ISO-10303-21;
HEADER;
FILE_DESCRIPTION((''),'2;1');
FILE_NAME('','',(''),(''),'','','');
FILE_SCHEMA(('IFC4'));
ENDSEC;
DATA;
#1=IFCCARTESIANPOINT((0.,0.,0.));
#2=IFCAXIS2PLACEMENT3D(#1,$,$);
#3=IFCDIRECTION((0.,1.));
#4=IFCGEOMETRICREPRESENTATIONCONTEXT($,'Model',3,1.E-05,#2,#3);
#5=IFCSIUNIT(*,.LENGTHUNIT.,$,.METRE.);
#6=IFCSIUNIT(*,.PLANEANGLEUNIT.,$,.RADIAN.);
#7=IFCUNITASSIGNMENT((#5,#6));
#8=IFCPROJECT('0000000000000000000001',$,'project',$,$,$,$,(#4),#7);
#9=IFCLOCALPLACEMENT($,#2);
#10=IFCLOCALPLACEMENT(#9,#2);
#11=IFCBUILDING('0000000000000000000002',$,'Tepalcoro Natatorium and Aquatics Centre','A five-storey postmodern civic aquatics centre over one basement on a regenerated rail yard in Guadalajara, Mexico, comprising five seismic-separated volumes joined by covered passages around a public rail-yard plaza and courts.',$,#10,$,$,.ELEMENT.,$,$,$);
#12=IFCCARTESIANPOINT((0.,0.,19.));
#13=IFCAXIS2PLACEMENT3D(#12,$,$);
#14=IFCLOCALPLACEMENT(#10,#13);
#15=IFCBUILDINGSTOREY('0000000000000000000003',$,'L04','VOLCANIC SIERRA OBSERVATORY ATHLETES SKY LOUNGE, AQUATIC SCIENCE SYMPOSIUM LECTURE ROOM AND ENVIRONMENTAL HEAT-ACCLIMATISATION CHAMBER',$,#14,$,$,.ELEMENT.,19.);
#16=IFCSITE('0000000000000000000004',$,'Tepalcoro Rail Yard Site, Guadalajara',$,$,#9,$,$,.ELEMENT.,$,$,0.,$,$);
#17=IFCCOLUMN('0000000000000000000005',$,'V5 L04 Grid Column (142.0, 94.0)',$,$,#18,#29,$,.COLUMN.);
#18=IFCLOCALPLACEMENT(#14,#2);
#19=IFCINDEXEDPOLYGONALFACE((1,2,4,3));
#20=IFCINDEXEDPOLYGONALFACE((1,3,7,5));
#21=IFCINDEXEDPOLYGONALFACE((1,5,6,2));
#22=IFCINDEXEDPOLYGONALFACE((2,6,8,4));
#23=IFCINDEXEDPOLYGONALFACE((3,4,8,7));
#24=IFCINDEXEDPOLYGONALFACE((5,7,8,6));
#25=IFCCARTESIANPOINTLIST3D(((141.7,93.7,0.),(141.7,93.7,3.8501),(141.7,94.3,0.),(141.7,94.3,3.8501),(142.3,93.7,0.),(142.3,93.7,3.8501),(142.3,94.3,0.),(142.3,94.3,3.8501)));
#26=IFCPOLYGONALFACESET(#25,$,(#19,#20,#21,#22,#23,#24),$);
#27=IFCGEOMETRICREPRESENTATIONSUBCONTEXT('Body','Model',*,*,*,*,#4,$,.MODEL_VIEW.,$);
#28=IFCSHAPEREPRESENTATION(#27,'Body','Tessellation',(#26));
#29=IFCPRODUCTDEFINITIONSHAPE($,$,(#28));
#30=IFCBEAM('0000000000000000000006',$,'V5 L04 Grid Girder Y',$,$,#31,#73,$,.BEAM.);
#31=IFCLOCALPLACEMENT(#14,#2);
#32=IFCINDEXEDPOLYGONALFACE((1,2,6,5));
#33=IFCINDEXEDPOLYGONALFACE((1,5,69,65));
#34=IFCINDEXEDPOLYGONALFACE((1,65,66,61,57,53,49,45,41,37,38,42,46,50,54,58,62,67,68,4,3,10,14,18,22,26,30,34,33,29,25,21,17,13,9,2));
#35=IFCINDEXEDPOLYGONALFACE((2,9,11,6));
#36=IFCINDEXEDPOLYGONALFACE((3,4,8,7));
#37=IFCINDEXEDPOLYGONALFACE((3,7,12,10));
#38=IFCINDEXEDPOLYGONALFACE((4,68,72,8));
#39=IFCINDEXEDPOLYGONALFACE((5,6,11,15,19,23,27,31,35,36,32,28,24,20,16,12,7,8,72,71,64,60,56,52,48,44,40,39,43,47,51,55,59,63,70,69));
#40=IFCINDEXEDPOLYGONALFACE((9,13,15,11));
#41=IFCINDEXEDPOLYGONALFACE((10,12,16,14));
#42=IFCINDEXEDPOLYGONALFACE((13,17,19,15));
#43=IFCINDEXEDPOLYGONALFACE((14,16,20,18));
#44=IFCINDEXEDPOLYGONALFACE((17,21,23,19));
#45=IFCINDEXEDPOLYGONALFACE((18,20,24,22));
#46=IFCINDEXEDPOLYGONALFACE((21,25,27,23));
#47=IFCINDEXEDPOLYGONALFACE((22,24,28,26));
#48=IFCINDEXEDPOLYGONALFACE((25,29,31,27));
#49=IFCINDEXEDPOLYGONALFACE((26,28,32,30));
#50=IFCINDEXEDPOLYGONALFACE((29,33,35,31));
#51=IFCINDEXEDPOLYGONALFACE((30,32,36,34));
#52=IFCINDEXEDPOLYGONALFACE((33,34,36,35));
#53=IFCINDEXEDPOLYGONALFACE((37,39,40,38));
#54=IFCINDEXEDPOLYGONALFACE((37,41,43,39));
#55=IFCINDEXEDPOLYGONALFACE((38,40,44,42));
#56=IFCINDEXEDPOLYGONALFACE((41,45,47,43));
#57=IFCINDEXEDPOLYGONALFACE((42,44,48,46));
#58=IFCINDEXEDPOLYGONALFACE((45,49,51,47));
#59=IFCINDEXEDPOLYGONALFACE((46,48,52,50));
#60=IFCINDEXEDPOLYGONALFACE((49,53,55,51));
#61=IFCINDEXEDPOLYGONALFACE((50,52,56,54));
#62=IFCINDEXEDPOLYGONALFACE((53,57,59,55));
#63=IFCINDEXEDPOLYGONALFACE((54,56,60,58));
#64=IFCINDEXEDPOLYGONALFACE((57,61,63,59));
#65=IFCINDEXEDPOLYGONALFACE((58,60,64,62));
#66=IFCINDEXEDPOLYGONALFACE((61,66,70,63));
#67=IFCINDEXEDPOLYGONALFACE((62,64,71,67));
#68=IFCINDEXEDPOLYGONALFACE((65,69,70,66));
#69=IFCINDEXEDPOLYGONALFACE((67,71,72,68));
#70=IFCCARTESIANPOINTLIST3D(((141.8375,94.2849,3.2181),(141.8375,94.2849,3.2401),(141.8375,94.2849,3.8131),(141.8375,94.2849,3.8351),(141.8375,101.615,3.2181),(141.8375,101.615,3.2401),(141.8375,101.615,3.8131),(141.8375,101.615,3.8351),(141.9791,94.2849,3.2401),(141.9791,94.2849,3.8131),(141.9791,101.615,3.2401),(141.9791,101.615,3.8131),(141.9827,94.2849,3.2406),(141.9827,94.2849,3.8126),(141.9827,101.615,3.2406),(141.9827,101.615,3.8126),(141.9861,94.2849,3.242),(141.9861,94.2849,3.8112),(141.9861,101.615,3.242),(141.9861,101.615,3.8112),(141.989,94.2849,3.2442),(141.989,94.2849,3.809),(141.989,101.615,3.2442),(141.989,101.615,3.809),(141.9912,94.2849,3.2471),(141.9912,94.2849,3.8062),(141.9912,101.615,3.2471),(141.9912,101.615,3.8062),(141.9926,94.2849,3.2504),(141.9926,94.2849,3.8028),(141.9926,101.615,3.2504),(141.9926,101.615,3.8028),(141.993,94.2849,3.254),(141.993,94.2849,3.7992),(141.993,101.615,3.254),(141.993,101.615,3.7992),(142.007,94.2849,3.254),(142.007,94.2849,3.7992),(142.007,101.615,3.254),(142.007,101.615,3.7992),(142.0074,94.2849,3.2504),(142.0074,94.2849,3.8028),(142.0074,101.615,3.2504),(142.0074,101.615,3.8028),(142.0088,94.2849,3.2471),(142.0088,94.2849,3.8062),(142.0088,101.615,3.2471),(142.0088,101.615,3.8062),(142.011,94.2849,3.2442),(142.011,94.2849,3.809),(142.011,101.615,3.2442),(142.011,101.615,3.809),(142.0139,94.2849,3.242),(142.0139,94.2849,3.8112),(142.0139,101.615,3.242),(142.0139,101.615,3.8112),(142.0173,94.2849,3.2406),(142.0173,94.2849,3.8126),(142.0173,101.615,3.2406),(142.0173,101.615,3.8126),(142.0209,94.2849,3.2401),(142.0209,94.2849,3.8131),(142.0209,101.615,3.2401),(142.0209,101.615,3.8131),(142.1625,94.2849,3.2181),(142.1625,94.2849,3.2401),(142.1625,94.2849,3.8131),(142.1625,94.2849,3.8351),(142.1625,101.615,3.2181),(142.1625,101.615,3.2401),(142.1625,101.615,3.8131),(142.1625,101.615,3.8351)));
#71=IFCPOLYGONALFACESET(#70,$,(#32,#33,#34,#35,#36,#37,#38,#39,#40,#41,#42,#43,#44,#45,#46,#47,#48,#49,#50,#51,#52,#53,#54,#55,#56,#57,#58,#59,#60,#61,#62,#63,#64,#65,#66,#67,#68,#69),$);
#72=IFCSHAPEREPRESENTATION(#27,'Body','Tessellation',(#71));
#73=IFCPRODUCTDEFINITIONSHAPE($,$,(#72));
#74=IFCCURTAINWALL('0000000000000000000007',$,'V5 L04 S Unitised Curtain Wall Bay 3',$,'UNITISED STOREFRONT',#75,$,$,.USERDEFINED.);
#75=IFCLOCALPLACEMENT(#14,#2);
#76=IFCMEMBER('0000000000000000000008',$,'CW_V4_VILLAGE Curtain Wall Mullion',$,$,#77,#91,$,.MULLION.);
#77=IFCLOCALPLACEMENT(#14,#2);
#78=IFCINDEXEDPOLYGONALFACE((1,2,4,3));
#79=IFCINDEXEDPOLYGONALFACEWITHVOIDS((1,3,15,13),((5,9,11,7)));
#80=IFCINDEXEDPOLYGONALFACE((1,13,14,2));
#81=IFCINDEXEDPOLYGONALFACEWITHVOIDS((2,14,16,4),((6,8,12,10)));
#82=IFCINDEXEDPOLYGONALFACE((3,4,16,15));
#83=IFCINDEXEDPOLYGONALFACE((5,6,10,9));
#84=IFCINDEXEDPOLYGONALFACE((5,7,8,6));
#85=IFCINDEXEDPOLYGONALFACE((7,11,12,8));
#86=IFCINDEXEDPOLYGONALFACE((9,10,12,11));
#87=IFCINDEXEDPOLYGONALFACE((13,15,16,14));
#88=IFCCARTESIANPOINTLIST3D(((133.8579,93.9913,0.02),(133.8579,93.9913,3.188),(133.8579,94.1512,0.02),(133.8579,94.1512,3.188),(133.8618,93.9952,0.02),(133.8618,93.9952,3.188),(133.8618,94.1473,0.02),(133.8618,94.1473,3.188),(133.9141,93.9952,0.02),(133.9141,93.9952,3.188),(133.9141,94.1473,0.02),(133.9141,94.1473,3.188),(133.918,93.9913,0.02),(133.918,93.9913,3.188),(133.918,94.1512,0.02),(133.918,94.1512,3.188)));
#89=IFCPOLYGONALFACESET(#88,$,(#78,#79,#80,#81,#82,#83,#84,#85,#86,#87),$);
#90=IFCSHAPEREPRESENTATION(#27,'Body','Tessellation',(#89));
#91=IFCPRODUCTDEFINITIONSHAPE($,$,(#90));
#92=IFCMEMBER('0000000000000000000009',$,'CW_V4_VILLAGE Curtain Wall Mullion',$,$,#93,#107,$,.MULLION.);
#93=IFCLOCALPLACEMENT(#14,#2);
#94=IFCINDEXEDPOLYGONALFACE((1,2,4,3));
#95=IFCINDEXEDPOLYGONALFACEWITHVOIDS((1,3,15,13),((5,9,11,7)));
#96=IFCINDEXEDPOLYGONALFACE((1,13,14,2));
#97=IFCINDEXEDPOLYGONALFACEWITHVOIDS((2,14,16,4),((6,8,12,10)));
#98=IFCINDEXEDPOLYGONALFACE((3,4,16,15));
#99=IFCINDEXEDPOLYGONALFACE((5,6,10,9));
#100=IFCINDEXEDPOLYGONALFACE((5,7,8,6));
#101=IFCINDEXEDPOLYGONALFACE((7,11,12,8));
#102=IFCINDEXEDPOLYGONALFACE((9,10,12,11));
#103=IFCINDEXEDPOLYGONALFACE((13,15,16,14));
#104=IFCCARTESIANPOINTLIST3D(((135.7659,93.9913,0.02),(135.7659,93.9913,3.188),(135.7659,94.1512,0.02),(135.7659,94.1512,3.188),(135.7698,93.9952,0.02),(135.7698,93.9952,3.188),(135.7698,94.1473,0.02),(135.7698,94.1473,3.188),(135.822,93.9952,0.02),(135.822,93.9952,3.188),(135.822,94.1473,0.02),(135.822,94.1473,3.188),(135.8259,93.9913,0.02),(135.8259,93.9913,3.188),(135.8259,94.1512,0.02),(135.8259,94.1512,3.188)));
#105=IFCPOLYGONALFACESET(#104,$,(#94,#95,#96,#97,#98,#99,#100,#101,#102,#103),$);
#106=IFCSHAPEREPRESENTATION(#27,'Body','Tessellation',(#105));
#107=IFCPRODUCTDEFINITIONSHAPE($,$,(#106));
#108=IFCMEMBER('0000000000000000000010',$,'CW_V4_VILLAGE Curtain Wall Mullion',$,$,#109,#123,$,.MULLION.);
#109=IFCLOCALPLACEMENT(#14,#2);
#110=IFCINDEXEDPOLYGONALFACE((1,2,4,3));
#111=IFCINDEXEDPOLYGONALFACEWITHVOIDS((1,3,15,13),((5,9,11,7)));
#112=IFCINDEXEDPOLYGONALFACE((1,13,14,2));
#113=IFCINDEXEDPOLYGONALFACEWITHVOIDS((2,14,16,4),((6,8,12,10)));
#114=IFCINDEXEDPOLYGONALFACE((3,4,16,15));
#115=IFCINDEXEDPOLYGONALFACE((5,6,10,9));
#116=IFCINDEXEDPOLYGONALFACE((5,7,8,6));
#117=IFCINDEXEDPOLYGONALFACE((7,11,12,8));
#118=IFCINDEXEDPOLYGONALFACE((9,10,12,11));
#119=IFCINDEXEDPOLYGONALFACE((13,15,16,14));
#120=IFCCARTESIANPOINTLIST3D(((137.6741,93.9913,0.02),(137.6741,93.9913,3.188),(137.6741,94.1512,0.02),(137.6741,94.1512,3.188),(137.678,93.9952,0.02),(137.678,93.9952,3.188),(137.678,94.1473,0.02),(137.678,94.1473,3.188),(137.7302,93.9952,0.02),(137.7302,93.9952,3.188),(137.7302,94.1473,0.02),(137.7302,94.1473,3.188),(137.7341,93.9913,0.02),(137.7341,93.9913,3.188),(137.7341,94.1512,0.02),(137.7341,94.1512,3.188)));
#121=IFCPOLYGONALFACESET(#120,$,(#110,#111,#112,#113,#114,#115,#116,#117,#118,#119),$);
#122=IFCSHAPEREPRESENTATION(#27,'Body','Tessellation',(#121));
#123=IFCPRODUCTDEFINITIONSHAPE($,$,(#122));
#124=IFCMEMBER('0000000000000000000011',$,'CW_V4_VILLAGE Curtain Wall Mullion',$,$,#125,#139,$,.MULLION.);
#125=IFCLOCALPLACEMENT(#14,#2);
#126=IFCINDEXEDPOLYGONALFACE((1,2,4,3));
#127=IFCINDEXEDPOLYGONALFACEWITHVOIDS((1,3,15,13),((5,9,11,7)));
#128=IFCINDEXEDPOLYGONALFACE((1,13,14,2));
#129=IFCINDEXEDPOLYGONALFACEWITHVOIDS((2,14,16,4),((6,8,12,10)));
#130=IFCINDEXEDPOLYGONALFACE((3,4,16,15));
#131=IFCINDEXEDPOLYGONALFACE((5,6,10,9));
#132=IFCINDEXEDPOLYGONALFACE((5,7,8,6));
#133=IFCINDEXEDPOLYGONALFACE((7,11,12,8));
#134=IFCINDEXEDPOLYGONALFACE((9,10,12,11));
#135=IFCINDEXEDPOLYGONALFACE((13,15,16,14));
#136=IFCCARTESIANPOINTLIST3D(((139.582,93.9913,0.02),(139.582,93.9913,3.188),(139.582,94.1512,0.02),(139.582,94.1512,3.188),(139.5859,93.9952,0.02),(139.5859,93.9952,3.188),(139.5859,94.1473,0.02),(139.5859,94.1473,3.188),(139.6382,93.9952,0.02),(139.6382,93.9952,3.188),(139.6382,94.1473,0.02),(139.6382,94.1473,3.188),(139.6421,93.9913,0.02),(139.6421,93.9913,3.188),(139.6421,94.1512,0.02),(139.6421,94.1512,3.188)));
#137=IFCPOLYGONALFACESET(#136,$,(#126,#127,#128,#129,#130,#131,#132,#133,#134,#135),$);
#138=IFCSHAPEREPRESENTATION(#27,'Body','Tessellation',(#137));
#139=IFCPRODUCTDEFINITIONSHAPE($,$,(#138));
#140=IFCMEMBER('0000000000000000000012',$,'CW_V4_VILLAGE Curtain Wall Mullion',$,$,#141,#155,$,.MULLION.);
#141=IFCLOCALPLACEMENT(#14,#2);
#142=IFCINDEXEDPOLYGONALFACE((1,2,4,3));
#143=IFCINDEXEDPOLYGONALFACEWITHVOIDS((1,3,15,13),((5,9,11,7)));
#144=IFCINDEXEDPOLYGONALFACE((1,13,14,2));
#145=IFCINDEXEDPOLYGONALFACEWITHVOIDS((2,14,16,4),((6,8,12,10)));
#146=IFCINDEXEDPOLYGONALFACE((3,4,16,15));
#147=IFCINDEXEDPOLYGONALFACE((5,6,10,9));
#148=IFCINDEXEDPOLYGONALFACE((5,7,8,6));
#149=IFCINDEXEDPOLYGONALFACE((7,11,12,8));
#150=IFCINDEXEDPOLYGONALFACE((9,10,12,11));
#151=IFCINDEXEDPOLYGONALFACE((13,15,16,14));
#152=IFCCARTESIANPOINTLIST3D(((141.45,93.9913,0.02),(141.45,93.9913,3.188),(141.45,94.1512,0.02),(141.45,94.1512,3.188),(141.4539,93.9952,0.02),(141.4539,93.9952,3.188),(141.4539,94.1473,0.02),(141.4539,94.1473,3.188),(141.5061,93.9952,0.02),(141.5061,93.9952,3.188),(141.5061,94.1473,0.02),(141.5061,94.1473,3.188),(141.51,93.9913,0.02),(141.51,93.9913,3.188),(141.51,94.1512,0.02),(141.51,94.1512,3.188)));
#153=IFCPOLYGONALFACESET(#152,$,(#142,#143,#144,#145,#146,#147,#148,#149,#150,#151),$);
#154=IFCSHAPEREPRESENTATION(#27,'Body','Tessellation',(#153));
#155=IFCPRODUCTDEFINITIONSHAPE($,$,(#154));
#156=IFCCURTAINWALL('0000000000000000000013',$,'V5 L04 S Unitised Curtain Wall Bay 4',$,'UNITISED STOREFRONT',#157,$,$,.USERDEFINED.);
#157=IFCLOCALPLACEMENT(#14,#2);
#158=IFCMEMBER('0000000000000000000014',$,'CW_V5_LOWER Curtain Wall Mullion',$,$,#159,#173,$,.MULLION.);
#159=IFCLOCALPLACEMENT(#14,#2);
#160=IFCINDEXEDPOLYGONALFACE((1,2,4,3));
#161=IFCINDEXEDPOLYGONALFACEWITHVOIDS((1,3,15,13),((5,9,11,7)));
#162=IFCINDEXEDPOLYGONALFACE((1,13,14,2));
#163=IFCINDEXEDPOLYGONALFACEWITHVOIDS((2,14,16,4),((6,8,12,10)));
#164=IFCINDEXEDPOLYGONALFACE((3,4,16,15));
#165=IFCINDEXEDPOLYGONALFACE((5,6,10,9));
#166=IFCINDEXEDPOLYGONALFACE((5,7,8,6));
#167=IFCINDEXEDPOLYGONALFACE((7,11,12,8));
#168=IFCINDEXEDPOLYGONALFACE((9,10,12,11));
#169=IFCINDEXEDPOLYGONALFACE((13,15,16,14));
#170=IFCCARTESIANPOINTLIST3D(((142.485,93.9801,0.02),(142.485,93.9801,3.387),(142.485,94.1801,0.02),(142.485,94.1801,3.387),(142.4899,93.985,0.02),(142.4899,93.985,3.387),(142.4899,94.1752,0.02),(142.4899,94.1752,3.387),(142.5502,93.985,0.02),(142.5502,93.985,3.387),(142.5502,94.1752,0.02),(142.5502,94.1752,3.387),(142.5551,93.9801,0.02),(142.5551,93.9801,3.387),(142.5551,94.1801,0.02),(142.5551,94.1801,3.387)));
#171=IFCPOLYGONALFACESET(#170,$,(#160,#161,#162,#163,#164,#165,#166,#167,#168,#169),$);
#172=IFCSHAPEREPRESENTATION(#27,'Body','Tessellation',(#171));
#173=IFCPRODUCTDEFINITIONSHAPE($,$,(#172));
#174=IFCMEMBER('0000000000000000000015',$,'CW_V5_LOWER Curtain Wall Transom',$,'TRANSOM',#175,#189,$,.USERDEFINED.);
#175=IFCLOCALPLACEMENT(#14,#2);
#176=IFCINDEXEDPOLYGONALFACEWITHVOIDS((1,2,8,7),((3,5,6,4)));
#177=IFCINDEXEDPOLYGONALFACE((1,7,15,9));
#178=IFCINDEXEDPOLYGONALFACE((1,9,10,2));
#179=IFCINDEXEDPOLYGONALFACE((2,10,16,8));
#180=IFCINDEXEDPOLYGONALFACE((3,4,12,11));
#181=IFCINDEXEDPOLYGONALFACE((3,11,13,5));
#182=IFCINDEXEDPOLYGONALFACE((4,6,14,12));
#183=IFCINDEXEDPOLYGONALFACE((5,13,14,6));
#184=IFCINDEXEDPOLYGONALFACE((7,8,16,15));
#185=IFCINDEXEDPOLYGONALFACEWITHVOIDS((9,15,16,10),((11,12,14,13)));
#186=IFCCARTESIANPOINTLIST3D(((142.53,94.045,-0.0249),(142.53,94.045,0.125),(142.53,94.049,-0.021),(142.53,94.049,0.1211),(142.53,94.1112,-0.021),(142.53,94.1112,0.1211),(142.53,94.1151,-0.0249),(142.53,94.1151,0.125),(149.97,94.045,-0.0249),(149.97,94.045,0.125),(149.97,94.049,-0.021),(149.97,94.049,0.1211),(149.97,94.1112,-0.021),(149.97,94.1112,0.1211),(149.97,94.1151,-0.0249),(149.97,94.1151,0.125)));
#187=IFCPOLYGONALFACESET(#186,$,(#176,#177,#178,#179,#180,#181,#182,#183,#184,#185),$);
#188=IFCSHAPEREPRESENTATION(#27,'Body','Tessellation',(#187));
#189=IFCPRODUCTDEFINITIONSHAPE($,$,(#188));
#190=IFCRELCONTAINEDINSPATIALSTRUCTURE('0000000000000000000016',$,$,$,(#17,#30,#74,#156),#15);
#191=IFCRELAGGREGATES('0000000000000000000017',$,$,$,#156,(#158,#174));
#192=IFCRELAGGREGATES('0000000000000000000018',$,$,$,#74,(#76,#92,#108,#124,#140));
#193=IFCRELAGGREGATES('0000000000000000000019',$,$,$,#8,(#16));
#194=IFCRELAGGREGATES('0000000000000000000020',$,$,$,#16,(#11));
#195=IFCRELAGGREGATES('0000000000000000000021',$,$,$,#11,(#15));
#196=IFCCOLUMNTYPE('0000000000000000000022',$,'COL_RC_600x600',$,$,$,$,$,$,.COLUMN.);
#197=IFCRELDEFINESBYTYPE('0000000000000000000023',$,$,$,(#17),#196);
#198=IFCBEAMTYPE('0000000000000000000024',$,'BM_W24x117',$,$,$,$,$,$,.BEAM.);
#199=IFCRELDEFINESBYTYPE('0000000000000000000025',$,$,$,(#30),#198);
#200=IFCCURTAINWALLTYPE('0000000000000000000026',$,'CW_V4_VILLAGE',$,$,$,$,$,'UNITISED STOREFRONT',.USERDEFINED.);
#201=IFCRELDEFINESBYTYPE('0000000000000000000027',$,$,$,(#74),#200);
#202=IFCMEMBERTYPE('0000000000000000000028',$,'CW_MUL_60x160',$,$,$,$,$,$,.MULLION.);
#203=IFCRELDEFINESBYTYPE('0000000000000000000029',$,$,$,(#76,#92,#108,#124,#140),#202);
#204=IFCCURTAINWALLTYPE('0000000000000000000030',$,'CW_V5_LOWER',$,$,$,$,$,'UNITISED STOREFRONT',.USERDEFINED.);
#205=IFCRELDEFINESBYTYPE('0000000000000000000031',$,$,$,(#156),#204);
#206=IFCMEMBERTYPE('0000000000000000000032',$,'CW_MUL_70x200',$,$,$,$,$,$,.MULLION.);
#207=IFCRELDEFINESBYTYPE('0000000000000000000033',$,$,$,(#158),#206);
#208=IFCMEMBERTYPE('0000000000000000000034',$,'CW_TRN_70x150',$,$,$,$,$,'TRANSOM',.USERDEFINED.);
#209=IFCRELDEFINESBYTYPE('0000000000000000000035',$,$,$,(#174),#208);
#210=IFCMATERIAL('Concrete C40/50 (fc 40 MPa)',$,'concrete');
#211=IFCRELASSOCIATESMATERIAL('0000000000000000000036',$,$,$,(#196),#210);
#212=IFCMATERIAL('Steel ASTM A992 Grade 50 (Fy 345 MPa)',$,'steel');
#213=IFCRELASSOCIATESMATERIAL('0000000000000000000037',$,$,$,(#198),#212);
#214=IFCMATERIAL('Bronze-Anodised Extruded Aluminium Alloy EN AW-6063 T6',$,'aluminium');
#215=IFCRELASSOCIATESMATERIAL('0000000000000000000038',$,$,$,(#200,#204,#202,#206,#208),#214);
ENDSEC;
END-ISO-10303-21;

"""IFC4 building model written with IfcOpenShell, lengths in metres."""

from ifc_helpers import new_model, si_unit, direction, frame, origin, origin_2d, place, context, subcontext, project, spatial, rectangle, hollow_rectangle, i_section, extrude, material, material_profile, profile_set, type_object, element, aggregate, save


model = new_model("IFC4")

# Units and contexts
model_context = context("Model", 3, precision=1e-05, world=origin(), true_north=direction((0.0, 1.0)))
body_context = subcontext(model_context, "Body", "Model", "MODEL_VIEW")
ifc_project = project(units=[si_unit("LENGTHUNIT", "METRE"), si_unit("PLANEANGLEUNIT", "RADIAN")], contexts=[model_context])

# Site, building, storey
site_placement = place(None, origin())
site = spatial("IfcSite", under=ifc_project, at=site_placement, Name="Tepalcoro Rail Yard Site, Guadalajara", CompositionType="ELEMENT", RefElevation=0.0)
building_placement = place(site_placement, origin())
building = spatial("IfcBuilding", under=site, at=building_placement, Name="Tepalcoro Natatorium and Aquatics Centre", Description="A five-storey postmodern civic aquatics centre over one basement on a regenerated rail yard in Guadalajara, Mexico, comprising five seismic-separated volumes joined by covered passages around a public rail-yard plaza and courts.", CompositionType="ELEMENT")
storey_placement = place(building_placement, frame((0.0, 0.0, 19.0)))
storey = spatial("IfcBuildingStorey", under=building, at=storey_placement, Name="L04", Description="VOLCANIC SIERRA OBSERVATORY ATHLETES SKY LOUNGE, AQUATIC SCIENCE SYMPOSIUM LECTURE ROOM AND ENVIRONMENTAL HEAT-ACCLIMATISATION CHAMBER", CompositionType="ELEMENT", Elevation=19.0)

# Column
ifc_material_1 = material(Name="Concrete C40/50 (fc 40 MPa)", Category="concrete")
ifc_material_profile_1 = material_profile(ifc_material_1, rectangle(XDim=0.6001, YDim=0.6001, at=origin_2d()), Name="RC600x600")
ifc_profile_set_1 = profile_set([ifc_material_profile_1], Name="Concrete C40/50 (fc 40 MPa)")
column_type = type_object("IfcColumnType", Name="COL_RC_600x600", PredefinedType="COLUMN", material=ifc_profile_set_1)
column_placement = place(storey_placement, frame((142.0, 94.0, 0.0), z_axis=(0.0, 0.0, 1.0), x_axis=(1.0, 0.0, 0.0)))
element("IfcColumn", 1, at=column_placement, inside=storey, type_object=column_type, Name="V5 L04 Grid Column (142.0, 94.0)", PredefinedType="COLUMN", context=body_context, shape_type="SweptSolid", body=[
    extrude(rectangle(XDim=0.6001, YDim=0.6001, at=origin_2d()), origin(), (0.0, 0.0, 1.0), 3.8501),
])

# Beam
ifc_material_2 = material(Name="Steel ASTM A992 Grade 50 (Fy 345 MPa)", Category="steel")
ifc_material_profile_2 = material_profile(ifc_material_2, i_section(OverallWidth=0.325, OverallDepth=0.6169, WebThickness=0.0139, FlangeThickness=0.022, FilletRadius=0.0139, at=origin_2d()), Name="W24X117")
ifc_profile_set_2 = profile_set([ifc_material_profile_2], Name="Steel ASTM A992 Grade 50 (Fy 345 MPa)")
beam_type_1 = type_object("IfcBeamType", Name="BM_W24x117", PredefinedType="BEAM", material=ifc_profile_set_2)
beam_1_placement = place(storey_placement, frame((142.0, 94.2849, 3.5266), z_axis=(0.0, 1.0, 0.0), x_axis=(-1.0, 0.0, 0.0)))
element("IfcBeam", 2, at=beam_1_placement, inside=storey, type_object=beam_type_1, Name="V5 L04 Grid Girder Y", PredefinedType="BEAM", context=body_context, shape_type="SweptSolid", body=[
    extrude(i_section(OverallWidth=0.325, OverallDepth=0.6169, WebThickness=0.0139, FlangeThickness=0.022, FilletRadius=0.0139, at=origin_2d()), origin(), (0.0, 0.0, 1.0), 7.3301),
])

# Curtain walls, members
ifc_material_3 = material(Name="Bronze-Anodised Extruded Aluminium Alloy EN AW-6063 T6", Category="aluminium")
curtain_wall_type_1 = type_object("IfcCurtainWallType", Name="CW_V4_VILLAGE", ElementType="UNITISED STOREFRONT", PredefinedType="USERDEFINED", material=ifc_material_3)
curtain_wall_1_placement = place(storey_placement, origin())
curtain_wall_1 = element("IfcCurtainWall", 3, at=curtain_wall_1_placement, inside=storey, type_object=curtain_wall_type_1, Name="V5 L04 S Unitised Curtain Wall Bay 3", ObjectType="UNITISED STOREFRONT", PredefinedType="USERDEFINED")
ifc_material_profile_3 = material_profile(ifc_material_3, hollow_rectangle(XDim=0.0601, YDim=0.1599, WallThickness=0.0039, at=origin_2d()), Name="AL60X160X4")
ifc_profile_set_3 = profile_set([ifc_material_profile_3], Name="Bronze-Anodised Extruded Aluminium Alloy EN AW-6063 T6")
member_type_1 = type_object("IfcMemberType", Name="CW_MUL_60x160", PredefinedType="MULLION", material=ifc_profile_set_3)
member_1_placement = place(storey_placement, frame((133.8879, 94.0713, 0.02), z_axis=(0.0, 0.0, 1.0), x_axis=(1.0, 0.0, 0.0)))
member_1 = element("IfcMember", 4, at=member_1_placement, type_object=member_type_1, Name="CW_V4_VILLAGE Curtain Wall Mullion", PredefinedType="MULLION", context=body_context, shape_type="SweptSolid", body=[
    extrude(hollow_rectangle(XDim=0.0601, YDim=0.1599, WallThickness=0.0039, at=origin_2d()), origin(), (0.0, 0.0, 1.0), 3.168),
])
member_2_placement = place(storey_placement, frame((135.7959, 94.0713, 0.02), z_axis=(0.0, 0.0, 1.0), x_axis=(1.0, 0.0, 0.0)))
member_2 = element("IfcMember", 5, at=member_2_placement, type_object=member_type_1, Name="CW_V4_VILLAGE Curtain Wall Mullion", PredefinedType="MULLION", context=body_context, shape_type="SweptSolid", body=[
    extrude(hollow_rectangle(XDim=0.0601, YDim=0.1599, WallThickness=0.0039, at=origin_2d()), origin(), (0.0, 0.0, 1.0), 3.168),
])
member_3_placement = place(storey_placement, frame((137.7041, 94.0713, 0.02), z_axis=(0.0, 0.0, 1.0), x_axis=(1.0, 0.0, 0.0)))
member_3 = element("IfcMember", 6, at=member_3_placement, type_object=member_type_1, Name="CW_V4_VILLAGE Curtain Wall Mullion", PredefinedType="MULLION", context=body_context, shape_type="SweptSolid", body=[
    extrude(hollow_rectangle(XDim=0.0601, YDim=0.1599, WallThickness=0.0039, at=origin_2d()), origin(), (0.0, 0.0, 1.0), 3.168),
])
member_4_placement = place(storey_placement, frame((139.6121, 94.0713, 0.02), z_axis=(0.0, 0.0, 1.0), x_axis=(1.0, 0.0, 0.0)))
member_4 = element("IfcMember", 7, at=member_4_placement, type_object=member_type_1, Name="CW_V4_VILLAGE Curtain Wall Mullion", PredefinedType="MULLION", context=body_context, shape_type="SweptSolid", body=[
    extrude(hollow_rectangle(XDim=0.0601, YDim=0.1599, WallThickness=0.0039, at=origin_2d()), origin(), (0.0, 0.0, 1.0), 3.168),
])
member_5_placement = place(storey_placement, frame((141.48, 94.0713, 0.02), z_axis=(0.0, 0.0, 1.0), x_axis=(1.0, 0.0, 0.0)))
member_5 = element("IfcMember", 8, at=member_5_placement, type_object=member_type_1, Name="CW_V4_VILLAGE Curtain Wall Mullion", PredefinedType="MULLION", context=body_context, shape_type="SweptSolid", body=[
    extrude(hollow_rectangle(XDim=0.0601, YDim=0.1599, WallThickness=0.0039, at=origin_2d()), origin(), (0.0, 0.0, 1.0), 3.168),
])
curtain_wall_type_2 = type_object("IfcCurtainWallType", Name="CW_V5_LOWER", ElementType="UNITISED STOREFRONT", PredefinedType="USERDEFINED", material=ifc_material_3)
curtain_wall_2_placement = place(storey_placement, origin())
curtain_wall_2 = element("IfcCurtainWall", 9, at=curtain_wall_2_placement, inside=storey, type_object=curtain_wall_type_2, Name="V5 L04 S Unitised Curtain Wall Bay 4", ObjectType="UNITISED STOREFRONT", PredefinedType="USERDEFINED")
ifc_material_profile_4 = material_profile(ifc_material_3, hollow_rectangle(XDim=0.0701, YDim=0.2, WallThickness=0.0049, at=origin_2d()), Name="AL70X200X5")
ifc_profile_set_4 = profile_set([ifc_material_profile_4], Name="Bronze-Anodised Extruded Aluminium Alloy EN AW-6063 T6")
member_type_2 = type_object("IfcMemberType", Name="CW_MUL_70x200", PredefinedType="MULLION", material=ifc_profile_set_4)
member_6_placement = place(storey_placement, frame((142.52, 94.0801, 0.02), z_axis=(0.0, 0.0, 1.0), x_axis=(1.0, 0.0, 0.0)))
member_6 = element("IfcMember", 10, at=member_6_placement, type_object=member_type_2, Name="CW_V5_LOWER Curtain Wall Mullion", PredefinedType="MULLION", context=body_context, shape_type="SweptSolid", body=[
    extrude(hollow_rectangle(XDim=0.0701, YDim=0.2, WallThickness=0.0049, at=origin_2d()), origin(), (0.0, 0.0, 1.0), 3.3669),
])
ifc_material_profile_5 = material_profile(ifc_material_3, hollow_rectangle(XDim=0.0701, YDim=0.1499, WallThickness=0.0039, at=origin_2d()), Name="AL70X150X4")
ifc_profile_set_5 = profile_set([ifc_material_profile_5], Name="Bronze-Anodised Extruded Aluminium Alloy EN AW-6063 T6")
member_type_3 = type_object("IfcMemberType", Name="CW_TRN_70x150", ElementType="TRANSOM", PredefinedType="USERDEFINED", material=ifc_profile_set_5)
member_7_placement = place(storey_placement, frame((142.53, 94.0801, 0.05), z_axis=(1.0, 0.0, 0.0), x_axis=(0.0, 1.0, 0.0)))
member_7 = element("IfcMember", 11, at=member_7_placement, type_object=member_type_3, Name="CW_V5_LOWER Curtain Wall Transom", ObjectType="TRANSOM", PredefinedType="USERDEFINED", context=body_context, shape_type="SweptSolid", body=[
    extrude(hollow_rectangle(XDim=0.0701, YDim=0.1499, WallThickness=0.0039, at=origin_2d()), origin(), (0.0, 0.0, 1.0), 7.4399),
])

aggregate(curtain_wall_2, [member_6, member_7])
aggregate(curtain_wall_1, [member_1, member_2, member_3, member_4, member_5])

save(model, "model.ifc")
